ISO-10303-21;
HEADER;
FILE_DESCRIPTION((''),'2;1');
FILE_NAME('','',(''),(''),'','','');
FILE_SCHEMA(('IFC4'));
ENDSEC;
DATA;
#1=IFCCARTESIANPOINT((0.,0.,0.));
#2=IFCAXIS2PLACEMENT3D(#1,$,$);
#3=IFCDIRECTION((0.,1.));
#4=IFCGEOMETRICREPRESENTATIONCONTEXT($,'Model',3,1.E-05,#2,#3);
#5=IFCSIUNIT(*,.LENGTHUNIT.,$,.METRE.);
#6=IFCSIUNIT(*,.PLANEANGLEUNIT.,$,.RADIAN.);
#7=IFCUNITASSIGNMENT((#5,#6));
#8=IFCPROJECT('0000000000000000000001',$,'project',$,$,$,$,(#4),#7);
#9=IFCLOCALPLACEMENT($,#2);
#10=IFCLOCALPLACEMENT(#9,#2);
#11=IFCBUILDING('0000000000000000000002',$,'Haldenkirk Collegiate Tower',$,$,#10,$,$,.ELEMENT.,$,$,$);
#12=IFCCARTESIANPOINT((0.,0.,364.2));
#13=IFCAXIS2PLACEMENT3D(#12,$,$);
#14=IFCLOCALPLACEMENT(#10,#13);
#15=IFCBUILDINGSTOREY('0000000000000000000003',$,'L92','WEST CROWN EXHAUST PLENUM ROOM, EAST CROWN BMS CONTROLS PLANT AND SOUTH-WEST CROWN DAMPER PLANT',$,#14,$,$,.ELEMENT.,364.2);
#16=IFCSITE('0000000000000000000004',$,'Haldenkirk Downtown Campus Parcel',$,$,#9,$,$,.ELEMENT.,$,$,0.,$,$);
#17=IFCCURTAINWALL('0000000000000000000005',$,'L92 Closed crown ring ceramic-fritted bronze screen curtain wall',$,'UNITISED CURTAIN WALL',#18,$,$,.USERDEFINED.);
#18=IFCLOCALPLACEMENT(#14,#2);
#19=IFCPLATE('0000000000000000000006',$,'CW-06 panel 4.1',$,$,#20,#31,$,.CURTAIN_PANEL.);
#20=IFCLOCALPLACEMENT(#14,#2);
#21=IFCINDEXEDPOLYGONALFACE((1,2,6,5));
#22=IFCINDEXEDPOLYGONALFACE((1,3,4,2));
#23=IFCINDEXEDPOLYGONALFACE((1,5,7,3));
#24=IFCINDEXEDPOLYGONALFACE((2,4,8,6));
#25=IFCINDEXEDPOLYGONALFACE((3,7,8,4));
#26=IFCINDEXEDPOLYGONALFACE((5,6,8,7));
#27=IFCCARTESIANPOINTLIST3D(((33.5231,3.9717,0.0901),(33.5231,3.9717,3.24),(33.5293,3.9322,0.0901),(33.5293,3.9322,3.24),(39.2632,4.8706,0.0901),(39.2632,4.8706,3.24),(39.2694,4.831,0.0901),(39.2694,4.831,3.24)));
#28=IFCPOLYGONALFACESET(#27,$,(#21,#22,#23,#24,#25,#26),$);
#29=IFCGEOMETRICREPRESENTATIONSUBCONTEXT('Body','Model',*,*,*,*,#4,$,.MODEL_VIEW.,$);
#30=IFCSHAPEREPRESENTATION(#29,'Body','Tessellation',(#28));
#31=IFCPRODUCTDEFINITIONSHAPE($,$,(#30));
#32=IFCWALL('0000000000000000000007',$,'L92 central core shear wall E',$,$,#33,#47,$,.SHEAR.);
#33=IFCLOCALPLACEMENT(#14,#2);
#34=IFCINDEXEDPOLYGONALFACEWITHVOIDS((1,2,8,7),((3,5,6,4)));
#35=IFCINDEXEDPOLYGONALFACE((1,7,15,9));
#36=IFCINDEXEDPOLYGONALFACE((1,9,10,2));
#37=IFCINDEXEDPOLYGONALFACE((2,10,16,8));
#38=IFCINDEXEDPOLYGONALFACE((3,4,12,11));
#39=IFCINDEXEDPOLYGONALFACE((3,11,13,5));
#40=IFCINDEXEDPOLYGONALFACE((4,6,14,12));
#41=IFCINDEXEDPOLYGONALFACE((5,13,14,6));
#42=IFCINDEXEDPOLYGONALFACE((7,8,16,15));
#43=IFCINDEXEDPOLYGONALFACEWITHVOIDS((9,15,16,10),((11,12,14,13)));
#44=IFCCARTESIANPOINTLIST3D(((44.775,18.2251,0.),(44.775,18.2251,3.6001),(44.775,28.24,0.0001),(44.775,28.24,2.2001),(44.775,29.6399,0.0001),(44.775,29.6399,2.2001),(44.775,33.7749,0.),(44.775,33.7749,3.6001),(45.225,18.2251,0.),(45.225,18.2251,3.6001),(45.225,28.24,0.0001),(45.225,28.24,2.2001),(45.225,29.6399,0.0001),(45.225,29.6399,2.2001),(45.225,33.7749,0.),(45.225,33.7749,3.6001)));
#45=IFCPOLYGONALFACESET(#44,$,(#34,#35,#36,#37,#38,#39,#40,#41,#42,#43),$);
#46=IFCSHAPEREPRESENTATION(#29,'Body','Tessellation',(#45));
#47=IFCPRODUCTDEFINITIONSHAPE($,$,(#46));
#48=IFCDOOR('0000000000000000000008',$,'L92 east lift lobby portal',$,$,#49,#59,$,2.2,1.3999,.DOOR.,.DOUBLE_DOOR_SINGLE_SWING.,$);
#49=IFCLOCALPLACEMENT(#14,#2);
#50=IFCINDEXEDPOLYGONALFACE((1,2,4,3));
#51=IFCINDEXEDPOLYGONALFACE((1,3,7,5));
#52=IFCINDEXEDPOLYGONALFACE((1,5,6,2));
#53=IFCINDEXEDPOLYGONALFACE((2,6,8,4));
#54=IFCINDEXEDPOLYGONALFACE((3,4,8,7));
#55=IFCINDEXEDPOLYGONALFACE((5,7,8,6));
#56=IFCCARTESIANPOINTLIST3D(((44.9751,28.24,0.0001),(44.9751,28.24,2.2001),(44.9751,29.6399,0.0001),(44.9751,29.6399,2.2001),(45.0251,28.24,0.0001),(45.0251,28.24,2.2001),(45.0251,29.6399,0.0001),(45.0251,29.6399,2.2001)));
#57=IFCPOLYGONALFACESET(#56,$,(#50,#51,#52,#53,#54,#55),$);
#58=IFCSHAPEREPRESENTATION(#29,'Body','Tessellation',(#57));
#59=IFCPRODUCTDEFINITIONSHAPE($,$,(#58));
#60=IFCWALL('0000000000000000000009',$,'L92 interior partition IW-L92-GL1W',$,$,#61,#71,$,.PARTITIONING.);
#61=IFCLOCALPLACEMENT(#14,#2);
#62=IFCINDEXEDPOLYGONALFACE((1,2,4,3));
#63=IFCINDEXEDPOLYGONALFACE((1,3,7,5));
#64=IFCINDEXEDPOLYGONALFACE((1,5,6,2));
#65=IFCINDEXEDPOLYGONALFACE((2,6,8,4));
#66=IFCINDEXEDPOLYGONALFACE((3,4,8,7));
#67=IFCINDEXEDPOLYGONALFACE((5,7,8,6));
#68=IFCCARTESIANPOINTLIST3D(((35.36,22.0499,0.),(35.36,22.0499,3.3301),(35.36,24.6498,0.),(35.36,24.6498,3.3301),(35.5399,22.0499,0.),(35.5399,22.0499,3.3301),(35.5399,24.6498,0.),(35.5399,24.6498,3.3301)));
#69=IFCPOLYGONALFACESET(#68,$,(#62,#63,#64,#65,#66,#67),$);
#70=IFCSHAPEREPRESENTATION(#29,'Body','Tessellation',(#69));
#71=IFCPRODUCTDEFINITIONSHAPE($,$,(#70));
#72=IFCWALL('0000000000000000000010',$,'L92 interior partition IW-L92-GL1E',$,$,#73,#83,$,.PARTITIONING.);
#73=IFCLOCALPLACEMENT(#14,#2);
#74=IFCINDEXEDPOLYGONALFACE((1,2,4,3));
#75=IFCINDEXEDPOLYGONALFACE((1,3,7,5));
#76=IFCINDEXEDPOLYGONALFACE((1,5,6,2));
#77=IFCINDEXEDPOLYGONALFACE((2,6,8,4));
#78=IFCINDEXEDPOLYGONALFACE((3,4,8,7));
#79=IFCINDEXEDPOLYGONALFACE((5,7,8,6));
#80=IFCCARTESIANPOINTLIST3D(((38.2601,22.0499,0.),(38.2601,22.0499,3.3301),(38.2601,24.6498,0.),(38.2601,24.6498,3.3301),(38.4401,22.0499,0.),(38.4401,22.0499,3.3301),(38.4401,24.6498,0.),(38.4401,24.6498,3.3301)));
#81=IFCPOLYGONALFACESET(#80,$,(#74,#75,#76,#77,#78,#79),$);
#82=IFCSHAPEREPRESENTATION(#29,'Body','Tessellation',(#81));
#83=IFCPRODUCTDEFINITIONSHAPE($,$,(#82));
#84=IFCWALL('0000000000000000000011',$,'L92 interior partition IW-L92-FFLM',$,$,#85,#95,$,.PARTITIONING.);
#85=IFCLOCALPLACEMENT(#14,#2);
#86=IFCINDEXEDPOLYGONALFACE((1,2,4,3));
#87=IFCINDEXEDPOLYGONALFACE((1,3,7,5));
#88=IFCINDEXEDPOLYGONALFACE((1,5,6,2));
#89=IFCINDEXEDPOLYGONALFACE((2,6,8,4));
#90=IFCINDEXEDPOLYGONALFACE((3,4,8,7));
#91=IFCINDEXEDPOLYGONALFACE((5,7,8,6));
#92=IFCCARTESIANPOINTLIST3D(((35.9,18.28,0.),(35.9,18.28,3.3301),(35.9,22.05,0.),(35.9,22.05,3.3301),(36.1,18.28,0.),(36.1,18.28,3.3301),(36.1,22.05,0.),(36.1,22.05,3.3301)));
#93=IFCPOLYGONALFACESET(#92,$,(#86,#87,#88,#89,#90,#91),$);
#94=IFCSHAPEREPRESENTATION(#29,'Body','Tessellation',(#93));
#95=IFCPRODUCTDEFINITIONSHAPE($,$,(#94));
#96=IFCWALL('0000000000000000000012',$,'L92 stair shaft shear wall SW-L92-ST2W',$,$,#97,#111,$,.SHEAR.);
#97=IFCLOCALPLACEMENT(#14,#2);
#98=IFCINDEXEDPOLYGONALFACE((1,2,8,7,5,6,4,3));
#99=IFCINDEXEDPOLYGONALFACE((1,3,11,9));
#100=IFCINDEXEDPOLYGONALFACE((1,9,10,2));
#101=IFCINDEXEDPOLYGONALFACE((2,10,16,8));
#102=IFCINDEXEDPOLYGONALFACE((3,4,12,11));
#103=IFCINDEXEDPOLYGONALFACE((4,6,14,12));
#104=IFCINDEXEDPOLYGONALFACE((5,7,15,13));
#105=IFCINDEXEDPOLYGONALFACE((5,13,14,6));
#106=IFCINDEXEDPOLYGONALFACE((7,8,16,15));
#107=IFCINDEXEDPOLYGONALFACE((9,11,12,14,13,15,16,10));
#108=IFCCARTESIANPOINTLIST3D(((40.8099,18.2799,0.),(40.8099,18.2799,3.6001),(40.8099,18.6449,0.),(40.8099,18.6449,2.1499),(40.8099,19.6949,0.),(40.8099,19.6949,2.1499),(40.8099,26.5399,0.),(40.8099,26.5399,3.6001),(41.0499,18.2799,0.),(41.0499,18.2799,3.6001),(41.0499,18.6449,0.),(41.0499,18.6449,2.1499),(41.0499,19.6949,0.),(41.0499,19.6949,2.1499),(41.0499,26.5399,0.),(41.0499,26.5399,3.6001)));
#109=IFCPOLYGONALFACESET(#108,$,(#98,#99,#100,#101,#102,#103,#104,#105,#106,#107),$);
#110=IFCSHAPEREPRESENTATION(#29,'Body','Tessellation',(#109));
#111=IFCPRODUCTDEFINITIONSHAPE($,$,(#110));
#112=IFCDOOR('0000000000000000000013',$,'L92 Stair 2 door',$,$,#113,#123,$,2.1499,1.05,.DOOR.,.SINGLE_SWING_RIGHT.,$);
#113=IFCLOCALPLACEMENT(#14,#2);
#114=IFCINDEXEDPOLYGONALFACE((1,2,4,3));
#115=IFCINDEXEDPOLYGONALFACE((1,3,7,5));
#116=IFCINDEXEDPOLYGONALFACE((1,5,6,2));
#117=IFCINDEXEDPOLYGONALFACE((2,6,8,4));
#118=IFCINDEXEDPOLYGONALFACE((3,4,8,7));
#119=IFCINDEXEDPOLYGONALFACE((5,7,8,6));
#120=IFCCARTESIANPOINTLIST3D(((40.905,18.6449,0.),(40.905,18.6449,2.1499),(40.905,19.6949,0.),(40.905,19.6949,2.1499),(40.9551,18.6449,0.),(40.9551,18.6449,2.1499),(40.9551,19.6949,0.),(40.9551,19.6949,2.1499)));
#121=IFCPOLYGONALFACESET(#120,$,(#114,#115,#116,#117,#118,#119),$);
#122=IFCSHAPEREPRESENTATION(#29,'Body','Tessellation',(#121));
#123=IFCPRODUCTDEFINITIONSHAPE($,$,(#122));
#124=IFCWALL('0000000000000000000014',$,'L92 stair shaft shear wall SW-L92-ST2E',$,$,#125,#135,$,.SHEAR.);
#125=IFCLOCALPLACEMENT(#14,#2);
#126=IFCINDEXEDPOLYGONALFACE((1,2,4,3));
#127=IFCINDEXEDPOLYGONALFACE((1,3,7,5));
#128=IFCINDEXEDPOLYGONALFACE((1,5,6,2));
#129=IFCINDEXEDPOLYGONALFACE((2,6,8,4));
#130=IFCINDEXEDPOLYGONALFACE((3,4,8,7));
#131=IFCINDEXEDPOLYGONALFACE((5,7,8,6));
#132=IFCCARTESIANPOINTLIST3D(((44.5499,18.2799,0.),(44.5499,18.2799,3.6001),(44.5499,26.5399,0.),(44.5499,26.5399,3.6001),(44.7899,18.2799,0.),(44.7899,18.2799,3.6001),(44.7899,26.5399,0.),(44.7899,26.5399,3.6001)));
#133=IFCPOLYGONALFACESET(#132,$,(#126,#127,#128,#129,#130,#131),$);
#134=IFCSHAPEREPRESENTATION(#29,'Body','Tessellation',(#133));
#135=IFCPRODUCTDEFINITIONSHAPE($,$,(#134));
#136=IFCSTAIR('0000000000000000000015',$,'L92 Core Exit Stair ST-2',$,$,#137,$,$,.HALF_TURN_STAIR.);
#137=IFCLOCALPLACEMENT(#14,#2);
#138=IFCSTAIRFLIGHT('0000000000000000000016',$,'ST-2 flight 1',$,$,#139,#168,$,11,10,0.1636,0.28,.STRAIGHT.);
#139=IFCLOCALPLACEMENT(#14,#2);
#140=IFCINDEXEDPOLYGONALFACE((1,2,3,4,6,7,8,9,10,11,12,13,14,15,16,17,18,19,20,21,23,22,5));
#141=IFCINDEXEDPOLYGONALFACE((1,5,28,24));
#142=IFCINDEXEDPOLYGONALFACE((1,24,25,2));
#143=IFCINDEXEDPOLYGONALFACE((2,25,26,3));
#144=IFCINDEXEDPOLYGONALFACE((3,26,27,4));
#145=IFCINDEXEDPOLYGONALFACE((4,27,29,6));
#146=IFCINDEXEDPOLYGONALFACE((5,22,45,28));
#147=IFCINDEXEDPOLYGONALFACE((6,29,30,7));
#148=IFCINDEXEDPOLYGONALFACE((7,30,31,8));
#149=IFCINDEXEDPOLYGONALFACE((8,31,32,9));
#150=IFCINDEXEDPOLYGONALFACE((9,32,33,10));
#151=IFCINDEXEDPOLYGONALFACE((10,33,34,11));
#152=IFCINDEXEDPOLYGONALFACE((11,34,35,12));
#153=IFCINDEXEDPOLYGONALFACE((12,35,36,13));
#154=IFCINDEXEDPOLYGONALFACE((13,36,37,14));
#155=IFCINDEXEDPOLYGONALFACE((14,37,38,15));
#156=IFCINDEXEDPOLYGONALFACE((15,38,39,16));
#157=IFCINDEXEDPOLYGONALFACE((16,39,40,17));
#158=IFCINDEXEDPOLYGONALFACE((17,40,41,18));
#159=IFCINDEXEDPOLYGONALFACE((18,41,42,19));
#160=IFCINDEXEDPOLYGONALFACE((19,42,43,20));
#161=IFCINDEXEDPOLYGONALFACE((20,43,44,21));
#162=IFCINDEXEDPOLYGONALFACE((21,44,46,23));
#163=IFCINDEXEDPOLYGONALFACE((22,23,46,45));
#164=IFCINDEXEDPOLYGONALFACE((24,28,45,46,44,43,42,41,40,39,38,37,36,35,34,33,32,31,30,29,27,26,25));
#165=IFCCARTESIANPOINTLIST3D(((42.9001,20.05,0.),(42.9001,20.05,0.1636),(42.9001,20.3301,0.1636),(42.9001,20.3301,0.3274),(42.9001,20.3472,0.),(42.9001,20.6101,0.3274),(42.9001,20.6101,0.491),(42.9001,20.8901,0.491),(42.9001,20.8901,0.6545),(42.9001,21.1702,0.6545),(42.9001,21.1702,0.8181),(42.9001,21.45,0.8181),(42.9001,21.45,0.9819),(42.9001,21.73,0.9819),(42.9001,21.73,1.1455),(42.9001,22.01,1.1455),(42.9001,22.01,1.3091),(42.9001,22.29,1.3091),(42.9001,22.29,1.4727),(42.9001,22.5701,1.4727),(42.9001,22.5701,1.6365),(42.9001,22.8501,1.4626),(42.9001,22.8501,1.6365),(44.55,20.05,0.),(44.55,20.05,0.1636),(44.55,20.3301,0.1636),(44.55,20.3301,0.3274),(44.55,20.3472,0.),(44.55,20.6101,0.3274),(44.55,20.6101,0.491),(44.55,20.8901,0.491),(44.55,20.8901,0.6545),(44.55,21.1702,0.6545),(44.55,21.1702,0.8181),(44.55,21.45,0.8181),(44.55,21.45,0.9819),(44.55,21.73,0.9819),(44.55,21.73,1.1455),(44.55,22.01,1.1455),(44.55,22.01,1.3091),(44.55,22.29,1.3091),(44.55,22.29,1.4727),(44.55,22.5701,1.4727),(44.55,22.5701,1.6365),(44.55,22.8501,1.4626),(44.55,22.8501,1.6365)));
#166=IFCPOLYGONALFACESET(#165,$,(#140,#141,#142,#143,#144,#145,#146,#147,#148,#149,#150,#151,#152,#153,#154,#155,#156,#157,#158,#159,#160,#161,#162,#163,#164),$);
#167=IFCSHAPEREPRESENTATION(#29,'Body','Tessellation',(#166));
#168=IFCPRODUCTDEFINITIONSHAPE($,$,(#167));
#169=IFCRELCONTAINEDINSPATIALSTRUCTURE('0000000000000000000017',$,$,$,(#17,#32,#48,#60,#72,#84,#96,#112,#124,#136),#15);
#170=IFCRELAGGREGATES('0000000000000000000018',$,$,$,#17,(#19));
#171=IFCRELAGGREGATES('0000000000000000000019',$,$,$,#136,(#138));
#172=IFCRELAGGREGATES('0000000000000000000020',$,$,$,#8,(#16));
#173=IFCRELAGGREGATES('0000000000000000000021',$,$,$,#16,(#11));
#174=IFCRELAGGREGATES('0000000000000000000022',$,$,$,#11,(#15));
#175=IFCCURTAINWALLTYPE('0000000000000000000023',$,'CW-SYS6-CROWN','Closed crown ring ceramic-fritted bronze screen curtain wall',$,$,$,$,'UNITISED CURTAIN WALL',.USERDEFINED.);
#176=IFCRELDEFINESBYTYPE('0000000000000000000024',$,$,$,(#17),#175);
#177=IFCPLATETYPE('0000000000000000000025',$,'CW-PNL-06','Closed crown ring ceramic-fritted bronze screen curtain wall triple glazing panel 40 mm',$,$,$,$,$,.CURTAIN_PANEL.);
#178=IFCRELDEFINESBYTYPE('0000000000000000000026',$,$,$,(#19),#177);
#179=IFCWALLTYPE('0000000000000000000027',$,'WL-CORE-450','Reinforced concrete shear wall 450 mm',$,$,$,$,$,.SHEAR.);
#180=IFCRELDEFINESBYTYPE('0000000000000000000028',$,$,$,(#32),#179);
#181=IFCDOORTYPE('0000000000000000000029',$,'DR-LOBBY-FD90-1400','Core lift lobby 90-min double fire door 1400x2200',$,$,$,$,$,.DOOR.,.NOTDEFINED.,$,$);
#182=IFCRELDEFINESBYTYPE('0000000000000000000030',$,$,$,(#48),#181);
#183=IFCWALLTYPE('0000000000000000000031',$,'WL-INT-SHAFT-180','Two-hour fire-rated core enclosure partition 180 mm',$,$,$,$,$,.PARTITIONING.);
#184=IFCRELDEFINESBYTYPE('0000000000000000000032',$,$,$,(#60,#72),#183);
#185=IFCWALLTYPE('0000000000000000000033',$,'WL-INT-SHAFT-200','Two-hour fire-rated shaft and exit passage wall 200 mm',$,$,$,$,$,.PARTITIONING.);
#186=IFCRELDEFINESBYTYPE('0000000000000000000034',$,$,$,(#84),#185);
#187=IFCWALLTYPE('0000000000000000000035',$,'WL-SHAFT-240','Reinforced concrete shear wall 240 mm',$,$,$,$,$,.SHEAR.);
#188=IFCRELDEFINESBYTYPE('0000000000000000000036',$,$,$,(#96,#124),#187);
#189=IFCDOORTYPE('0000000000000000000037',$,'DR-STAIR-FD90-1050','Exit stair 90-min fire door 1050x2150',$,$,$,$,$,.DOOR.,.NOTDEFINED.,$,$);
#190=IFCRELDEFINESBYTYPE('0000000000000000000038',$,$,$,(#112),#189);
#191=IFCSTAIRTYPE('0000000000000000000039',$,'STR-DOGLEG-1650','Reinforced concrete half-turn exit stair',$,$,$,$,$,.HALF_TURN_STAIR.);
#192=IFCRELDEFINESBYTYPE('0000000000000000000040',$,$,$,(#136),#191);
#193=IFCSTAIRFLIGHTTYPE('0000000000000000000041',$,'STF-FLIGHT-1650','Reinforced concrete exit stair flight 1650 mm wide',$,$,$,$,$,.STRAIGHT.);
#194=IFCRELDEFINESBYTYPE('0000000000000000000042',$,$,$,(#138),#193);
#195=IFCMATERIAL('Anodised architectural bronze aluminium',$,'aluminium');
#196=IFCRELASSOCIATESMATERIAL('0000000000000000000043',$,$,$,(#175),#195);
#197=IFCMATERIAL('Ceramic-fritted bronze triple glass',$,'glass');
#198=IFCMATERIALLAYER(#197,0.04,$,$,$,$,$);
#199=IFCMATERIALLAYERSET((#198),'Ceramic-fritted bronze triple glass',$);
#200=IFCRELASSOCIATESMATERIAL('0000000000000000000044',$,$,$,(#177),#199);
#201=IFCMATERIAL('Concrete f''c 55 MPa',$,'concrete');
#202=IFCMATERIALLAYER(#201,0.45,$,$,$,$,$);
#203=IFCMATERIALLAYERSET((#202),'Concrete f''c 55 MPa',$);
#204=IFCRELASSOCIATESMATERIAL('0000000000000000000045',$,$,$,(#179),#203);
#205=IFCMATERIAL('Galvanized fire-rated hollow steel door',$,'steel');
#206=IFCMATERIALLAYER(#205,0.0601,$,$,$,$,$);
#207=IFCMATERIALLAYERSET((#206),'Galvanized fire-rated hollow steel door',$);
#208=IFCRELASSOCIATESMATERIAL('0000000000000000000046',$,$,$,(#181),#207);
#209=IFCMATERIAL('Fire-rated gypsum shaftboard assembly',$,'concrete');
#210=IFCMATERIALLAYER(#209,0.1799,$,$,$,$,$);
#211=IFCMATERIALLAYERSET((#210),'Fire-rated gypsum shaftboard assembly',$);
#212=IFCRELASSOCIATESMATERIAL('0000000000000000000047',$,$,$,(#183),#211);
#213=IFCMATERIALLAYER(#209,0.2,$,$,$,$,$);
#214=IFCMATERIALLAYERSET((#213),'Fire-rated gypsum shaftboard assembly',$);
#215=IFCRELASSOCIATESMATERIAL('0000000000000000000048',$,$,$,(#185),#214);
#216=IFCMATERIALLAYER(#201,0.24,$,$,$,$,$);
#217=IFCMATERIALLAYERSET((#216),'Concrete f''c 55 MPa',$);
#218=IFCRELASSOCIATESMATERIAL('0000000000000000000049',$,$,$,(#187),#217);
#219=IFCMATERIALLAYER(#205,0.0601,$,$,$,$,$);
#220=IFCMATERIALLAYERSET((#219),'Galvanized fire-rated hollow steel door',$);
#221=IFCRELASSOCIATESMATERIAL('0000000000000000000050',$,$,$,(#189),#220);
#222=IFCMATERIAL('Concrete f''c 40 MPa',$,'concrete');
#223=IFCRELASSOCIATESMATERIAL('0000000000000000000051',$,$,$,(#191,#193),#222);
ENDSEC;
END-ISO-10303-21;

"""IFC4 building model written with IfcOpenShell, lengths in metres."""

from ifc_helpers import new_model, si_unit, direction, frame, frame_2d, origin, origin_2d, place, context, subcontext, project, spatial, polyline, rectangle, outline, extrude, source, transform, mapped, material, layer, layer_set, type_object, element, fill, aggregate, save


model = new_model("IFC4")

# Units and contexts
model_context = context("Model", 3, precision=1e-05, world=origin(), true_north=direction((0.0, 1.0)))
body_context = subcontext(model_context, "Body", "Model", "MODEL_VIEW")
ifc_project = project(units=[si_unit("LENGTHUNIT", "METRE"), si_unit("PLANEANGLEUNIT", "RADIAN")], contexts=[model_context])

# Site, building, storey
site_placement = place(None, origin())
site = spatial("IfcSite", under=ifc_project, at=site_placement, Name="Haldenkirk Downtown Campus Parcel", CompositionType="ELEMENT", RefElevation=0.0)
building_placement = place(site_placement, origin())
building = spatial("IfcBuilding", under=site, at=building_placement, Name="Haldenkirk Collegiate Tower", CompositionType="ELEMENT")
storey_placement = place(building_placement, frame((0.0, 0.0, 364.2)))
storey = spatial("IfcBuildingStorey", under=building, at=storey_placement, Name="L92", Description="WEST CROWN EXHAUST PLENUM ROOM, EAST CROWN BMS CONTROLS PLANT AND SOUTH-WEST CROWN DAMPER PLANT", CompositionType="ELEMENT", Elevation=364.2)

# Curtain wall
ifc_material_1 = material(Name="Anodised architectural bronze aluminium", Category="aluminium")
curtain_wall_type = type_object("IfcCurtainWallType", Name="CW-SYS6-CROWN", Description="Closed crown ring ceramic-fritted bronze screen curtain wall", ElementType="UNITISED CURTAIN WALL", PredefinedType="USERDEFINED", material=ifc_material_1)
curtain_wall_placement = place(storey_placement, origin())
curtain_wall = element("IfcCurtainWall", 1, at=curtain_wall_placement, inside=storey, type_object=curtain_wall_type, Name="L92 Closed crown ring ceramic-fritted bronze screen curtain wall", ObjectType="UNITISED CURTAIN WALL", PredefinedType="USERDEFINED")

# Plate
ifc_material_2 = material(Name="Ceramic-fritted bronze triple glass", Category="glass")
ifc_layer_1 = layer(ifc_material_2, 0.04)
ifc_layer_set_1 = layer_set([ifc_layer_1], Name="Ceramic-fritted bronze triple glass")
plate_type_1 = type_object("IfcPlateType", Name="CW-PNL-06", Description="Closed crown ring ceramic-fritted bronze screen curtain wall triple glazing panel 40 mm", PredefinedType="CURTAIN_PANEL", material=ifc_layer_set_1)
shared_shape_1 = source(origin(), body_context, "Body", "SweptSolid", [
    extrude(rectangle(XDim=5.8101, YDim=0.04, at=origin_2d()), origin(), (0.0, 0.0, 1.0), 3.1499),
])
plate_1_placement = place(storey_placement, frame((36.3962, 4.4014, 0.0901), z_axis=(0.0, 0.0, 1.0), x_axis=(-0.98796, -0.154709, 0.0)))
plate_1 = element("IfcPlate", 2, at=plate_1_placement, type_object=plate_type_1, Name="CW-06 panel 4.1", PredefinedType="CURTAIN_PANEL", context=body_context, shape_type="MappedRepresentation", body=[
    mapped(shared_shape_1, transform((0.0, 0.0, 0.0), x_axis=(1.0, 0.0, 0.0), y_axis=(0.0, 1.0, 0.0), z_axis=(0.0, 0.0, 1.0), scale=1.0)),
])
aggregate(curtain_wall, [plate_1])

# Wall, opening, door
ifc_material_3 = material(Name="Concrete f'c 55 MPa", Category="concrete")
ifc_layer_2 = layer(ifc_material_3, 0.45)
ifc_layer_set_2 = layer_set([ifc_layer_2], Name="Concrete f'c 55 MPa")
wall_type_1 = type_object("IfcWallType", Name="WL-CORE-450", Description="Reinforced concrete shear wall 450 mm", PredefinedType="SHEAR", material=ifc_layer_set_2)
wall_1_placement = place(storey_placement, frame((45.0, 18.2251, 0.0), z_axis=(0.0, 0.0, 1.0), x_axis=(0.0, 1.0, 0.0)))
wall_1 = element("IfcWall", 3, at=wall_1_placement, inside=storey, type_object=wall_type_1, Name="L92 central core shear wall E", PredefinedType="SHEAR", context=body_context, shape_type="SweptSolid", body=[
    extrude(rectangle(XDim=15.5498, YDim=0.45, at=frame_2d((7.7749, 0.0))), origin(), (0.0, 0.0, 1.0), 3.6001),
])
opening_1_placement = place(wall_1_placement, frame((10.0149, 0.0, 0.0)))
opening_1 = element("IfcOpeningElement", 4, at=opening_1_placement, cuts=wall_1, PredefinedType="OPENING", context=body_context, shape_type="SweptSolid", body=[
    extrude(rectangle(XDim=1.3999, YDim=2.2, at=frame_2d((0.7, 1.1001))), frame((0.0, 0.2349, 0.0), z_axis=(0.0, -1.0, 0.0), x_axis=(1.0, 0.0, 0.0)), (0.0, 0.0, 1.0), 0.47),
])
ifc_material_4 = material(Name="Galvanized fire-rated hollow steel door", Category="steel")
ifc_layer_3 = layer(ifc_material_4, 0.0601)
ifc_layer_set_3 = layer_set([ifc_layer_3], Name="Galvanized fire-rated hollow steel door")
door_type_1 = type_object("IfcDoorType", Name="DR-LOBBY-FD90-1400", Description="Core lift lobby 90-min double fire door 1400x2200", OperationType="NOTDEFINED", PredefinedType="DOOR", material=ifc_layer_set_3)
door_1_placement = place(opening_1_placement, origin())
door_1 = element("IfcDoor", 5, at=door_1_placement, inside=storey, type_object=door_type_1, Name="L92 east lift lobby portal", OperationType="DOUBLE_DOOR_SINGLE_SWING", OverallHeight=2.2, OverallWidth=1.3999, PredefinedType="DOOR", context=body_context, shape_type="SweptSolid", body=[
    extrude(rectangle(XDim=1.3999, YDim=2.2, at=frame_2d((0.7, 1.1001))), frame((0.0, 0.0249, 0.0), z_axis=(0.0, -1.0, 0.0), x_axis=(1.0, 0.0, 0.0)), (0.0, 0.0, 1.0), 0.05),
])
fill(opening_1, door_1)

# Walls
ifc_material_5 = material(Name="Fire-rated gypsum shaftboard assembly", Category="concrete")
ifc_layer_4 = layer(ifc_material_5, 0.1799)
ifc_layer_set_4 = layer_set([ifc_layer_4], Name="Fire-rated gypsum shaftboard assembly")
wall_type_2 = type_object("IfcWallType", Name="WL-INT-SHAFT-180", Description="Two-hour fire-rated core enclosure partition 180 mm", PredefinedType="PARTITIONING", material=ifc_layer_set_4)
for number, where, z_axis, x_axis, name in (
    (6, (35.45, 22.05, 0.0), (0.0, 0.0, 1.0), (0.0, 1.0, 0.0), "L92 interior partition IW-L92-GL1W"),
    (7, (38.3501, 22.05, 0.0), (0.0, 0.0, 1.0), (0.0, 1.0, 0.0), "L92 interior partition IW-L92-GL1E"),
):
    element("IfcWall", number, at=place(storey_placement, frame(where, z_axis=z_axis, x_axis=x_axis)), inside=storey, type_object=wall_type_2, Name=name, PredefinedType="PARTITIONING", context=body_context, shape_type="SweptSolid", body=[
        extrude(rectangle(XDim=2.5999, YDim=0.1799, at=frame_2d((1.2998, 0.0))), origin(), (0.0, 0.0, 1.0), 3.3301),
    ])
ifc_layer_5 = layer(ifc_material_5, 0.2)
ifc_layer_set_5 = layer_set([ifc_layer_5], Name="Fire-rated gypsum shaftboard assembly")
wall_type_3 = type_object("IfcWallType", Name="WL-INT-SHAFT-200", Description="Two-hour fire-rated shaft and exit passage wall 200 mm", PredefinedType="PARTITIONING", material=ifc_layer_set_5)
wall_2_placement = place(storey_placement, frame((36.0, 18.28, 0.0), z_axis=(0.0, 0.0, 1.0), x_axis=(0.0, 1.0, 0.0)))
element("IfcWall", 8, at=wall_2_placement, inside=storey, type_object=wall_type_3, Name="L92 interior partition IW-L92-FFLM", PredefinedType="PARTITIONING", context=body_context, shape_type="SweptSolid", body=[
    extrude(rectangle(XDim=3.77, YDim=0.2, at=frame_2d((1.885, 0.0))), origin(), (0.0, 0.0, 1.0), 3.3301),
])

# Wall, opening, door
ifc_layer_6 = layer(ifc_material_3, 0.24)
ifc_layer_set_6 = layer_set([ifc_layer_6], Name="Concrete f'c 55 MPa")
wall_type_4 = type_object("IfcWallType", Name="WL-SHAFT-240", Description="Reinforced concrete shear wall 240 mm", PredefinedType="SHEAR", material=ifc_layer_set_6)
wall_3_placement = place(storey_placement, frame((40.9299, 18.28, 0.0), z_axis=(0.0, 0.0, 1.0), x_axis=(0.0, 1.0, 0.0)))
wall_3 = element("IfcWall", 9, at=wall_3_placement, inside=storey, type_object=wall_type_4, Name="L92 stair shaft shear wall SW-L92-ST2W", PredefinedType="SHEAR", context=body_context, shape_type="SweptSolid", body=[
    extrude(rectangle(XDim=8.26, YDim=0.24, at=frame_2d((4.1299, 0.0))), origin(), (0.0, 0.0, 1.0), 3.6001),
])
opening_2_placement = place(wall_3_placement, frame((0.365, 0.0, 0.0)))
opening_2 = element("IfcOpeningElement", 10, at=opening_2_placement, cuts=wall_3, PredefinedType="OPENING", context=body_context, shape_type="SweptSolid", body=[
    extrude(rectangle(XDim=1.05, YDim=2.1499, at=frame_2d((0.5249, 1.075))), frame((0.0, 0.1299, 0.0), z_axis=(0.0, -1.0, 0.0), x_axis=(1.0, 0.0, 0.0)), (0.0, 0.0, 1.0), 0.26),
])
ifc_layer_7 = layer(ifc_material_4, 0.0601)
ifc_layer_set_7 = layer_set([ifc_layer_7], Name="Galvanized fire-rated hollow steel door")
door_type_2 = type_object("IfcDoorType", Name="DR-STAIR-FD90-1050", Description="Exit stair 90-min fire door 1050x2150", OperationType="NOTDEFINED", PredefinedType="DOOR", material=ifc_layer_set_7)
door_2_placement = place(opening_2_placement, origin())
door_2 = element("IfcDoor", 11, at=door_2_placement, inside=storey, type_object=door_type_2, Name="L92 Stair 2 door", OperationType="SINGLE_SWING_RIGHT", OverallHeight=2.1499, OverallWidth=1.05, PredefinedType="DOOR", context=body_context, shape_type="SweptSolid", body=[
    extrude(rectangle(XDim=1.05, YDim=2.1499, at=frame_2d((0.5249, 1.075))), frame((0.0, 0.0249, 0.0), z_axis=(0.0, -1.0, 0.0), x_axis=(1.0, 0.0, 0.0)), (0.0, 0.0, 1.0), 0.05),
])
fill(opening_2, door_2)

# Wall
wall_4_placement = place(storey_placement, frame((44.6699, 18.28, 0.0), z_axis=(0.0, 0.0, 1.0), x_axis=(0.0, 1.0, 0.0)))
element("IfcWall", 12, at=wall_4_placement, inside=storey, type_object=wall_type_4, Name="L92 stair shaft shear wall SW-L92-ST2E", PredefinedType="SHEAR", context=body_context, shape_type="SweptSolid", body=[
    extrude(rectangle(XDim=8.26, YDim=0.24, at=frame_2d((4.1299, 0.0))), origin(), (0.0, 0.0, 1.0), 3.6001),
])

# Stair, stair flight
ifc_material_6 = material(Name="Concrete f'c 40 MPa", Category="concrete")
stair_type = type_object("IfcStairType", Name="STR-DOGLEG-1650", Description="Reinforced concrete half-turn exit stair", PredefinedType="HALF_TURN_STAIR", material=ifc_material_6)
stair_placement = place(storey_placement, origin())
stair = element("IfcStair", 13, at=stair_placement, inside=storey, type_object=stair_type, Name="L92 Core Exit Stair ST-2", PredefinedType="HALF_TURN_STAIR")
stair_flight_type = type_object("IfcStairFlightType", Name="STF-FLIGHT-1650", Description="Reinforced concrete exit stair flight 1650 mm wide", PredefinedType="STRAIGHT", material=ifc_material_6)
stair_flight_1_placement = place(storey_placement, frame((43.7251, 20.05, 0.0), z_axis=(0.0, 0.0, 1.0), x_axis=(0.0, 1.0, 0.0)))
stair_flight_1 = element("IfcStairFlight", 14, at=stair_flight_1_placement, type_object=stair_flight_type, Name="ST-2 flight 1", NumberOfRisers=11, NumberOfTreads=10, PredefinedType="STRAIGHT", RiserHeight=0.1636, TreadLength=0.28, context=body_context, shape_type="SweptSolid", body=[
    extrude(outline(polyline([(0.0, 0.0), (0.0, 0.1636), (0.28, 0.1636), (0.28, 0.3274), (0.5601, 0.3274), (0.5601, 0.491), (0.8401, 0.491), (0.8401, 0.6545), (1.1201, 0.6545), (1.1201, 0.8181), (1.3999, 0.8181), (1.3999, 0.9819), (1.6799, 0.9819), (1.6799, 1.1455), (1.96, 1.1455), (1.96, 1.3091), (2.24, 1.3091), (2.24, 1.4727), (2.52, 1.4727), (2.52, 1.6365), (2.8, 1.6365), (2.8, 1.8), (2.8, 1.4626), (0.2971, 0.0), (0.0, 0.0)])), frame((0.0, 0.825, 0.0), z_axis=(0.0, -1.0, 0.0), x_axis=(1.0, 0.0, 0.0)), (0.0, 0.0, 1.0), 1.6499),
])
aggregate(stair, [stair_flight_1])

save(model, "model.ifc")
